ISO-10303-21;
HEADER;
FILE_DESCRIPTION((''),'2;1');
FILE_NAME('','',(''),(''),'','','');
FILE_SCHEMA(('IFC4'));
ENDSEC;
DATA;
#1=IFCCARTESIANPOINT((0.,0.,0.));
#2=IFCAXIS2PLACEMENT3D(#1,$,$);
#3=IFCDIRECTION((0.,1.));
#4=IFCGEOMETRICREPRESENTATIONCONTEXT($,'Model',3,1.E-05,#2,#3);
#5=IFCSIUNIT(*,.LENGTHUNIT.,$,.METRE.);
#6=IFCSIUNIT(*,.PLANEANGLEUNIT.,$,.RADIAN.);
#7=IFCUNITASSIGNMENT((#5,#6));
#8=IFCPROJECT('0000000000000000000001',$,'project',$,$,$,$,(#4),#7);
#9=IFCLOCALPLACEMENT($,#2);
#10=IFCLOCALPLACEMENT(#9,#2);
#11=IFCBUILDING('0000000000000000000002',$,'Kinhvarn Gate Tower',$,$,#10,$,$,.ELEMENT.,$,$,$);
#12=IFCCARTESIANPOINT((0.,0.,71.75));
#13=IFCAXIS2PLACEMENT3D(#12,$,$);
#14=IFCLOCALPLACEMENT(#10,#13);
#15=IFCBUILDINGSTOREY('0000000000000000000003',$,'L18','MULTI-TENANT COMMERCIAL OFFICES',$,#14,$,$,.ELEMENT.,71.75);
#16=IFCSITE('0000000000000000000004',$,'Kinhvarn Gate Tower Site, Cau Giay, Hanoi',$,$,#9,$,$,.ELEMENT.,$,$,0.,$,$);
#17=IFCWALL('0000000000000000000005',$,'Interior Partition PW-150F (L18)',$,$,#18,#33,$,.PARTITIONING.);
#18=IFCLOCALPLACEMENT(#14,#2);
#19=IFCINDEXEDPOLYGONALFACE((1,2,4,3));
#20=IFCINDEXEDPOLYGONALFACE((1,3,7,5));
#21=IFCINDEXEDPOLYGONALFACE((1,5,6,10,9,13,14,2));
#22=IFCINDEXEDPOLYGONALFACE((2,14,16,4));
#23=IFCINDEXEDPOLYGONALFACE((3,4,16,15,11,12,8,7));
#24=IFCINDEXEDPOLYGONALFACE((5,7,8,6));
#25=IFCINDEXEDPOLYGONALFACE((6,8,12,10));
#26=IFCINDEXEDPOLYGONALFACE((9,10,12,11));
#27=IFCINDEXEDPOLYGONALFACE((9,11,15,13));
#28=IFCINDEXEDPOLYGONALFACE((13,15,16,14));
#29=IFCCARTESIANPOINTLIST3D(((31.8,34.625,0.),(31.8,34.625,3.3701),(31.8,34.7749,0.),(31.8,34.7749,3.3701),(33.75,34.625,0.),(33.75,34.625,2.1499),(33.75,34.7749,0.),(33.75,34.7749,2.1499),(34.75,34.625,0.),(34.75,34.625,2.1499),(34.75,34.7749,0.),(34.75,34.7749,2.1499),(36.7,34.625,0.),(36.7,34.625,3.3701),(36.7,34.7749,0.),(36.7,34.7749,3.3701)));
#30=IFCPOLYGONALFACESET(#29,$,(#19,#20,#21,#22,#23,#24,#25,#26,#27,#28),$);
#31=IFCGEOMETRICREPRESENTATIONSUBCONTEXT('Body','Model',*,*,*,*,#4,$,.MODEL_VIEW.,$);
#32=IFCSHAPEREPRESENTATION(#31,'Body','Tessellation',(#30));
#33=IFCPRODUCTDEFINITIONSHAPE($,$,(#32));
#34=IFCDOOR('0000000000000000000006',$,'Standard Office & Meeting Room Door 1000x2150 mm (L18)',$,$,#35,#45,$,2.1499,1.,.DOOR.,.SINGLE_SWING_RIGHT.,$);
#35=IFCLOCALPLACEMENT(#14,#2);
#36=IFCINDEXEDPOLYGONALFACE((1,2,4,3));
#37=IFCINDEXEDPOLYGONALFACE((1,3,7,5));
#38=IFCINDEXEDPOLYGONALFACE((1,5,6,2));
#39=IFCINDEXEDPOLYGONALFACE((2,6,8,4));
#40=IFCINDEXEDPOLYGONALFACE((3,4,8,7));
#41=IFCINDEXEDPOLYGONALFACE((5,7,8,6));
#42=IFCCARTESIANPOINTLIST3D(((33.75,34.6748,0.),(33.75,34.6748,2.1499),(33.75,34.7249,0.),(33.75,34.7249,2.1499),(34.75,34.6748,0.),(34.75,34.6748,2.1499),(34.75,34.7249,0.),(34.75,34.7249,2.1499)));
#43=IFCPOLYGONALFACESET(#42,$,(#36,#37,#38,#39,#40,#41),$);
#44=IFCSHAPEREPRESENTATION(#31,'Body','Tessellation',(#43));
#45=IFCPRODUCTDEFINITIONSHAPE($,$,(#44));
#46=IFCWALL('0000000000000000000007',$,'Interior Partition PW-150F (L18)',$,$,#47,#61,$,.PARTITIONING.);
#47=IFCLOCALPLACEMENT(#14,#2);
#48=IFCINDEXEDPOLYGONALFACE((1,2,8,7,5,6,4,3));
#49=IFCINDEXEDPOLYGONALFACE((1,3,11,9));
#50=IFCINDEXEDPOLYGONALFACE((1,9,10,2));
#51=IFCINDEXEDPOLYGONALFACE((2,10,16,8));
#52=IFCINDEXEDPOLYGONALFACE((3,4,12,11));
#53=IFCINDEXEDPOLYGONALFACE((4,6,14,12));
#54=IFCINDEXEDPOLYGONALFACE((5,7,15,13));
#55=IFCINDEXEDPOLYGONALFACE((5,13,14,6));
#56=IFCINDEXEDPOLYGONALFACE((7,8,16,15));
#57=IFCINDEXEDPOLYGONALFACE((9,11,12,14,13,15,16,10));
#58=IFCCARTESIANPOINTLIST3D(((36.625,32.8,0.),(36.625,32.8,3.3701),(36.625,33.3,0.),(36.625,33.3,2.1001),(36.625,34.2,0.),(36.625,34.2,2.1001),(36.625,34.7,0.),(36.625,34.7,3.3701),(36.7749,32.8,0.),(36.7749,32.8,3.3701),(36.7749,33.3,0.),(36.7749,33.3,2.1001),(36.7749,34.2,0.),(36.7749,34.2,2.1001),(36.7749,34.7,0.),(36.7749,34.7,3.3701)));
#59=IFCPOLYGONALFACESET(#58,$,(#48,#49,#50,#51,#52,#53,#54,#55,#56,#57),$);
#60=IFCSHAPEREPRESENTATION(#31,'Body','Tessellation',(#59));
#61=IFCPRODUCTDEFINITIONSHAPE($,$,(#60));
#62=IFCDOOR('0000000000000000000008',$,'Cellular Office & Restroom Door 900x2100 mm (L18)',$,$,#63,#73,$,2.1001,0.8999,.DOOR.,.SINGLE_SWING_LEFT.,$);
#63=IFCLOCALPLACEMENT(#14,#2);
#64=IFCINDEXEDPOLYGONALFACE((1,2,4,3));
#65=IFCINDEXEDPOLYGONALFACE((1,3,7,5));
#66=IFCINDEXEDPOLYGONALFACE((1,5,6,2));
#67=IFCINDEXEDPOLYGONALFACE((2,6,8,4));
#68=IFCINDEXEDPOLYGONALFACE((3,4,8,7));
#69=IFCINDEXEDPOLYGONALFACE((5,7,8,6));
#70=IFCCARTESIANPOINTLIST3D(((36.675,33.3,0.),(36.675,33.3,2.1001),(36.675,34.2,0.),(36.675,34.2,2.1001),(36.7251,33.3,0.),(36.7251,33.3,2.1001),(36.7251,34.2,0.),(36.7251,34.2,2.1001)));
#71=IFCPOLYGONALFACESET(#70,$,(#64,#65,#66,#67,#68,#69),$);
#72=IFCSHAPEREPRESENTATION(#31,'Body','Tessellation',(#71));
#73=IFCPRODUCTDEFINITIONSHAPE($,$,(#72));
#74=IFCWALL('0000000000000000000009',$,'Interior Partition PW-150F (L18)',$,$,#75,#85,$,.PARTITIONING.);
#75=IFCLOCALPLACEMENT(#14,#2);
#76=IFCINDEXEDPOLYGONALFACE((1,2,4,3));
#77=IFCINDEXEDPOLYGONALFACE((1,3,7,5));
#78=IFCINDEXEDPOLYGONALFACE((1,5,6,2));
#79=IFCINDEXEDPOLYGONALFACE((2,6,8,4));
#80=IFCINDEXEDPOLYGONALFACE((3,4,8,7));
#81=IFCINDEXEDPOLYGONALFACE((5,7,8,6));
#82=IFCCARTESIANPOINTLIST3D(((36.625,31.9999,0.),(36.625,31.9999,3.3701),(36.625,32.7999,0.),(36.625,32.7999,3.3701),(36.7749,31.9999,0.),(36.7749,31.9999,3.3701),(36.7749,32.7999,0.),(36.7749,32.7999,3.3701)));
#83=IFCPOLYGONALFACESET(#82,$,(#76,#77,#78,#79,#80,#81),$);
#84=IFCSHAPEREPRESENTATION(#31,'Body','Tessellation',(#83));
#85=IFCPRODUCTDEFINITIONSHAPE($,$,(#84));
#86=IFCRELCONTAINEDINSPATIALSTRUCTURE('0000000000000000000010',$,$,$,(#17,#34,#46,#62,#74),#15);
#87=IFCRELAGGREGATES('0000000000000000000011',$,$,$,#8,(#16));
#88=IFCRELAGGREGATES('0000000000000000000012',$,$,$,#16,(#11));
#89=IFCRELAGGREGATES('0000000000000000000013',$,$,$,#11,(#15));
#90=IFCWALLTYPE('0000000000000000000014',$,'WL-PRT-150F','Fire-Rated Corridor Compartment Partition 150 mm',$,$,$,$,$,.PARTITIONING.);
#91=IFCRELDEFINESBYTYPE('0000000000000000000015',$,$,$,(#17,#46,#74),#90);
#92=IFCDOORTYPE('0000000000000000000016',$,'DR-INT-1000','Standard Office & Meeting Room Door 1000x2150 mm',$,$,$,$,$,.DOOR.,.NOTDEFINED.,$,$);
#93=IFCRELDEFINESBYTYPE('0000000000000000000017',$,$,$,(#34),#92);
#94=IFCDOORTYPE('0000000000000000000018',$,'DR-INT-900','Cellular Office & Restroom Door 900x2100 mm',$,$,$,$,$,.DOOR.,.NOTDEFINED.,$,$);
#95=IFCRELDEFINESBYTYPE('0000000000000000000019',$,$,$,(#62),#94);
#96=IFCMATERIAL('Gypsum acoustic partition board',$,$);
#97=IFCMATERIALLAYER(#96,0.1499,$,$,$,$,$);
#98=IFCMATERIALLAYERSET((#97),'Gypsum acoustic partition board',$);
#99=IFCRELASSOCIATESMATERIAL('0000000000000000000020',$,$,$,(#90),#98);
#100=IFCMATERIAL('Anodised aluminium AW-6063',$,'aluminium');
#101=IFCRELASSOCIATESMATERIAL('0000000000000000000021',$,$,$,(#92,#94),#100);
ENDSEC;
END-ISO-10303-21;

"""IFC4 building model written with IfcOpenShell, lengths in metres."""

from ifc_helpers import new_model, si_unit, direction, frame, frame_2d, origin, place, context, subcontext, project, spatial, rectangle, extrude, material, layer, layer_set, type_object, element, fill, save


model = new_model("IFC4")

# Units and contexts
model_context = context("Model", 3, precision=1e-05, world=origin(), true_north=direction((0.0, 1.0)))
body_context = subcontext(model_context, "Body", "Model", "MODEL_VIEW")
ifc_project = project(units=[si_unit("LENGTHUNIT", "METRE"), si_unit("PLANEANGLEUNIT", "RADIAN")], contexts=[model_context])

# Site, building, storey
site_placement = place(None, origin())
site = spatial("IfcSite", under=ifc_project, at=site_placement, Name="Kinhvarn Gate Tower Site, Cau Giay, Hanoi", CompositionType="ELEMENT", RefElevation=0.0)
building_placement = place(site_placement, origin())
building = spatial("IfcBuilding", under=site, at=building_placement, Name="Kinhvarn Gate Tower", CompositionType="ELEMENT")
storey_placement = place(building_placement, frame((0.0, 0.0, 71.75)))
storey = spatial("IfcBuildingStorey", under=building, at=storey_placement, Name="L18", Description="MULTI-TENANT COMMERCIAL OFFICES", CompositionType="ELEMENT", Elevation=71.75)

# Shared definitions
ifc_material_1 = material(Name="Gypsum acoustic partition board")

# Walls, openings, doors
ifc_layer_1 = layer(ifc_material_1, 0.1499)
ifc_layer_set_1 = layer_set([ifc_layer_1], Name="Gypsum acoustic partition board")
wall_type_1 = type_object("IfcWallType", Name="WL-PRT-150F", Description="Fire-Rated Corridor Compartment Partition 150 mm", PredefinedType="PARTITIONING", material=ifc_layer_set_1)
wall_1_placement = place(storey_placement, frame((31.8, 34.7, 0.0), z_axis=(0.0, 0.0, 1.0), x_axis=(1.0, 0.0, 0.0)))
wall_1 = element("IfcWall", 1, at=wall_1_placement, inside=storey, type_object=wall_type_1, Name="Interior Partition PW-150F (L18)", PredefinedType="PARTITIONING", context=body_context, shape_type="SweptSolid", body=[
    extrude(rectangle(XDim=4.8999, YDim=0.1499, at=frame_2d((2.45, 0.0))), origin(), (0.0, 0.0, 1.0), 3.3701),
])
opening_1_placement = place(wall_1_placement, frame((1.95, 0.0, 0.0)))
opening_1 = element("IfcOpeningElement", 2, at=opening_1_placement, cuts=wall_1, PredefinedType="OPENING", context=body_context, shape_type="SweptSolid", body=[
    extrude(rectangle(XDim=1.0, YDim=2.1499, at=frame_2d((0.5, 1.075))), frame((0.0, 0.085, 0.0), z_axis=(0.0, -1.0, 0.0), x_axis=(1.0, 0.0, 0.0)), (0.0, 0.0, 1.0), 0.1699),
])
ifc_material_2 = material(Name="Anodised aluminium AW-6063", Category="aluminium")
door_type_1 = type_object("IfcDoorType", Name="DR-INT-1000", Description="Standard Office & Meeting Room Door 1000x2150 mm", OperationType="NOTDEFINED", PredefinedType="DOOR", material=ifc_material_2)
door_1_placement = place(opening_1_placement, origin())
door_1 = element("IfcDoor", 3, at=door_1_placement, inside=storey, type_object=door_type_1, Name="Standard Office & Meeting Room Door 1000x2150 mm (L18)", OperationType="SINGLE_SWING_RIGHT", OverallHeight=2.1499, OverallWidth=1.0, PredefinedType="DOOR", context=body_context, shape_type="SweptSolid", body=[
    extrude(rectangle(XDim=1.0, YDim=2.1499, at=frame_2d((0.5, 1.075))), frame((0.0, 0.0249, 0.0), z_axis=(0.0, -1.0, 0.0), x_axis=(1.0, 0.0, 0.0)), (0.0, 0.0, 1.0), 0.05),
])
fill(opening_1, door_1)
wall_2_placement = place(storey_placement, frame((36.7, 32.8, 0.0), z_axis=(0.0, 0.0, 1.0), x_axis=(0.0, 1.0, 0.0)))
wall_2 = element("IfcWall", 4, at=wall_2_placement, inside=storey, type_object=wall_type_1, Name="Interior Partition PW-150F (L18)", PredefinedType="PARTITIONING", context=body_context, shape_type="SweptSolid", body=[
    extrude(rectangle(XDim=1.8999, YDim=0.1499, at=frame_2d((0.95, 0.0))), origin(), (0.0, 0.0, 1.0), 3.3701),
])
opening_2_placement = place(wall_2_placement, frame((0.5, 0.0, 0.0)))
opening_2 = element("IfcOpeningElement", 5, at=opening_2_placement, cuts=wall_2, PredefinedType="OPENING", context=body_context, shape_type="SweptSolid", body=[
    extrude(rectangle(XDim=0.8999, YDim=2.1001, at=frame_2d((0.45, 1.05))), frame((0.0, 0.085, 0.0), z_axis=(0.0, -1.0, 0.0), x_axis=(1.0, 0.0, 0.0)), (0.0, 0.0, 1.0), 0.1699),
])
door_type_2 = type_object("IfcDoorType", Name="DR-INT-900", Description="Cellular Office & Restroom Door 900x2100 mm", OperationType="NOTDEFINED", PredefinedType="DOOR", material=ifc_material_2)
door_2_placement = place(opening_2_placement, origin())
door_2 = element("IfcDoor", 6, at=door_2_placement, inside=storey, type_object=door_type_2, Name="Cellular Office & Restroom Door 900x2100 mm (L18)", OperationType="SINGLE_SWING_LEFT", OverallHeight=2.1001, OverallWidth=0.8999, PredefinedType="DOOR", context=body_context, shape_type="SweptSolid", body=[
    extrude(rectangle(XDim=0.8999, YDim=2.1001, at=frame_2d((0.45, 1.05))), frame((0.0, 0.0249, 0.0), z_axis=(0.0, -1.0, 0.0), x_axis=(1.0, 0.0, 0.0)), (0.0, 0.0, 1.0), 0.05),
])
fill(opening_2, door_2)

# Wall
wall_3_placement = place(storey_placement, frame((36.7, 32.0, 0.0), z_axis=(0.0, 0.0, 1.0), x_axis=(0.0, 1.0, 0.0)))
element("IfcWall", 7, at=wall_3_placement, inside=storey, type_object=wall_type_1, Name="Interior Partition PW-150F (L18)", PredefinedType="PARTITIONING", context=body_context, shape_type="SweptSolid", body=[
    extrude(rectangle(XDim=0.8, YDim=0.1499, at=frame_2d((0.3999, 0.0))), origin(), (0.0, 0.0, 1.0), 3.3701),
])

save(model, "model.ifc")
